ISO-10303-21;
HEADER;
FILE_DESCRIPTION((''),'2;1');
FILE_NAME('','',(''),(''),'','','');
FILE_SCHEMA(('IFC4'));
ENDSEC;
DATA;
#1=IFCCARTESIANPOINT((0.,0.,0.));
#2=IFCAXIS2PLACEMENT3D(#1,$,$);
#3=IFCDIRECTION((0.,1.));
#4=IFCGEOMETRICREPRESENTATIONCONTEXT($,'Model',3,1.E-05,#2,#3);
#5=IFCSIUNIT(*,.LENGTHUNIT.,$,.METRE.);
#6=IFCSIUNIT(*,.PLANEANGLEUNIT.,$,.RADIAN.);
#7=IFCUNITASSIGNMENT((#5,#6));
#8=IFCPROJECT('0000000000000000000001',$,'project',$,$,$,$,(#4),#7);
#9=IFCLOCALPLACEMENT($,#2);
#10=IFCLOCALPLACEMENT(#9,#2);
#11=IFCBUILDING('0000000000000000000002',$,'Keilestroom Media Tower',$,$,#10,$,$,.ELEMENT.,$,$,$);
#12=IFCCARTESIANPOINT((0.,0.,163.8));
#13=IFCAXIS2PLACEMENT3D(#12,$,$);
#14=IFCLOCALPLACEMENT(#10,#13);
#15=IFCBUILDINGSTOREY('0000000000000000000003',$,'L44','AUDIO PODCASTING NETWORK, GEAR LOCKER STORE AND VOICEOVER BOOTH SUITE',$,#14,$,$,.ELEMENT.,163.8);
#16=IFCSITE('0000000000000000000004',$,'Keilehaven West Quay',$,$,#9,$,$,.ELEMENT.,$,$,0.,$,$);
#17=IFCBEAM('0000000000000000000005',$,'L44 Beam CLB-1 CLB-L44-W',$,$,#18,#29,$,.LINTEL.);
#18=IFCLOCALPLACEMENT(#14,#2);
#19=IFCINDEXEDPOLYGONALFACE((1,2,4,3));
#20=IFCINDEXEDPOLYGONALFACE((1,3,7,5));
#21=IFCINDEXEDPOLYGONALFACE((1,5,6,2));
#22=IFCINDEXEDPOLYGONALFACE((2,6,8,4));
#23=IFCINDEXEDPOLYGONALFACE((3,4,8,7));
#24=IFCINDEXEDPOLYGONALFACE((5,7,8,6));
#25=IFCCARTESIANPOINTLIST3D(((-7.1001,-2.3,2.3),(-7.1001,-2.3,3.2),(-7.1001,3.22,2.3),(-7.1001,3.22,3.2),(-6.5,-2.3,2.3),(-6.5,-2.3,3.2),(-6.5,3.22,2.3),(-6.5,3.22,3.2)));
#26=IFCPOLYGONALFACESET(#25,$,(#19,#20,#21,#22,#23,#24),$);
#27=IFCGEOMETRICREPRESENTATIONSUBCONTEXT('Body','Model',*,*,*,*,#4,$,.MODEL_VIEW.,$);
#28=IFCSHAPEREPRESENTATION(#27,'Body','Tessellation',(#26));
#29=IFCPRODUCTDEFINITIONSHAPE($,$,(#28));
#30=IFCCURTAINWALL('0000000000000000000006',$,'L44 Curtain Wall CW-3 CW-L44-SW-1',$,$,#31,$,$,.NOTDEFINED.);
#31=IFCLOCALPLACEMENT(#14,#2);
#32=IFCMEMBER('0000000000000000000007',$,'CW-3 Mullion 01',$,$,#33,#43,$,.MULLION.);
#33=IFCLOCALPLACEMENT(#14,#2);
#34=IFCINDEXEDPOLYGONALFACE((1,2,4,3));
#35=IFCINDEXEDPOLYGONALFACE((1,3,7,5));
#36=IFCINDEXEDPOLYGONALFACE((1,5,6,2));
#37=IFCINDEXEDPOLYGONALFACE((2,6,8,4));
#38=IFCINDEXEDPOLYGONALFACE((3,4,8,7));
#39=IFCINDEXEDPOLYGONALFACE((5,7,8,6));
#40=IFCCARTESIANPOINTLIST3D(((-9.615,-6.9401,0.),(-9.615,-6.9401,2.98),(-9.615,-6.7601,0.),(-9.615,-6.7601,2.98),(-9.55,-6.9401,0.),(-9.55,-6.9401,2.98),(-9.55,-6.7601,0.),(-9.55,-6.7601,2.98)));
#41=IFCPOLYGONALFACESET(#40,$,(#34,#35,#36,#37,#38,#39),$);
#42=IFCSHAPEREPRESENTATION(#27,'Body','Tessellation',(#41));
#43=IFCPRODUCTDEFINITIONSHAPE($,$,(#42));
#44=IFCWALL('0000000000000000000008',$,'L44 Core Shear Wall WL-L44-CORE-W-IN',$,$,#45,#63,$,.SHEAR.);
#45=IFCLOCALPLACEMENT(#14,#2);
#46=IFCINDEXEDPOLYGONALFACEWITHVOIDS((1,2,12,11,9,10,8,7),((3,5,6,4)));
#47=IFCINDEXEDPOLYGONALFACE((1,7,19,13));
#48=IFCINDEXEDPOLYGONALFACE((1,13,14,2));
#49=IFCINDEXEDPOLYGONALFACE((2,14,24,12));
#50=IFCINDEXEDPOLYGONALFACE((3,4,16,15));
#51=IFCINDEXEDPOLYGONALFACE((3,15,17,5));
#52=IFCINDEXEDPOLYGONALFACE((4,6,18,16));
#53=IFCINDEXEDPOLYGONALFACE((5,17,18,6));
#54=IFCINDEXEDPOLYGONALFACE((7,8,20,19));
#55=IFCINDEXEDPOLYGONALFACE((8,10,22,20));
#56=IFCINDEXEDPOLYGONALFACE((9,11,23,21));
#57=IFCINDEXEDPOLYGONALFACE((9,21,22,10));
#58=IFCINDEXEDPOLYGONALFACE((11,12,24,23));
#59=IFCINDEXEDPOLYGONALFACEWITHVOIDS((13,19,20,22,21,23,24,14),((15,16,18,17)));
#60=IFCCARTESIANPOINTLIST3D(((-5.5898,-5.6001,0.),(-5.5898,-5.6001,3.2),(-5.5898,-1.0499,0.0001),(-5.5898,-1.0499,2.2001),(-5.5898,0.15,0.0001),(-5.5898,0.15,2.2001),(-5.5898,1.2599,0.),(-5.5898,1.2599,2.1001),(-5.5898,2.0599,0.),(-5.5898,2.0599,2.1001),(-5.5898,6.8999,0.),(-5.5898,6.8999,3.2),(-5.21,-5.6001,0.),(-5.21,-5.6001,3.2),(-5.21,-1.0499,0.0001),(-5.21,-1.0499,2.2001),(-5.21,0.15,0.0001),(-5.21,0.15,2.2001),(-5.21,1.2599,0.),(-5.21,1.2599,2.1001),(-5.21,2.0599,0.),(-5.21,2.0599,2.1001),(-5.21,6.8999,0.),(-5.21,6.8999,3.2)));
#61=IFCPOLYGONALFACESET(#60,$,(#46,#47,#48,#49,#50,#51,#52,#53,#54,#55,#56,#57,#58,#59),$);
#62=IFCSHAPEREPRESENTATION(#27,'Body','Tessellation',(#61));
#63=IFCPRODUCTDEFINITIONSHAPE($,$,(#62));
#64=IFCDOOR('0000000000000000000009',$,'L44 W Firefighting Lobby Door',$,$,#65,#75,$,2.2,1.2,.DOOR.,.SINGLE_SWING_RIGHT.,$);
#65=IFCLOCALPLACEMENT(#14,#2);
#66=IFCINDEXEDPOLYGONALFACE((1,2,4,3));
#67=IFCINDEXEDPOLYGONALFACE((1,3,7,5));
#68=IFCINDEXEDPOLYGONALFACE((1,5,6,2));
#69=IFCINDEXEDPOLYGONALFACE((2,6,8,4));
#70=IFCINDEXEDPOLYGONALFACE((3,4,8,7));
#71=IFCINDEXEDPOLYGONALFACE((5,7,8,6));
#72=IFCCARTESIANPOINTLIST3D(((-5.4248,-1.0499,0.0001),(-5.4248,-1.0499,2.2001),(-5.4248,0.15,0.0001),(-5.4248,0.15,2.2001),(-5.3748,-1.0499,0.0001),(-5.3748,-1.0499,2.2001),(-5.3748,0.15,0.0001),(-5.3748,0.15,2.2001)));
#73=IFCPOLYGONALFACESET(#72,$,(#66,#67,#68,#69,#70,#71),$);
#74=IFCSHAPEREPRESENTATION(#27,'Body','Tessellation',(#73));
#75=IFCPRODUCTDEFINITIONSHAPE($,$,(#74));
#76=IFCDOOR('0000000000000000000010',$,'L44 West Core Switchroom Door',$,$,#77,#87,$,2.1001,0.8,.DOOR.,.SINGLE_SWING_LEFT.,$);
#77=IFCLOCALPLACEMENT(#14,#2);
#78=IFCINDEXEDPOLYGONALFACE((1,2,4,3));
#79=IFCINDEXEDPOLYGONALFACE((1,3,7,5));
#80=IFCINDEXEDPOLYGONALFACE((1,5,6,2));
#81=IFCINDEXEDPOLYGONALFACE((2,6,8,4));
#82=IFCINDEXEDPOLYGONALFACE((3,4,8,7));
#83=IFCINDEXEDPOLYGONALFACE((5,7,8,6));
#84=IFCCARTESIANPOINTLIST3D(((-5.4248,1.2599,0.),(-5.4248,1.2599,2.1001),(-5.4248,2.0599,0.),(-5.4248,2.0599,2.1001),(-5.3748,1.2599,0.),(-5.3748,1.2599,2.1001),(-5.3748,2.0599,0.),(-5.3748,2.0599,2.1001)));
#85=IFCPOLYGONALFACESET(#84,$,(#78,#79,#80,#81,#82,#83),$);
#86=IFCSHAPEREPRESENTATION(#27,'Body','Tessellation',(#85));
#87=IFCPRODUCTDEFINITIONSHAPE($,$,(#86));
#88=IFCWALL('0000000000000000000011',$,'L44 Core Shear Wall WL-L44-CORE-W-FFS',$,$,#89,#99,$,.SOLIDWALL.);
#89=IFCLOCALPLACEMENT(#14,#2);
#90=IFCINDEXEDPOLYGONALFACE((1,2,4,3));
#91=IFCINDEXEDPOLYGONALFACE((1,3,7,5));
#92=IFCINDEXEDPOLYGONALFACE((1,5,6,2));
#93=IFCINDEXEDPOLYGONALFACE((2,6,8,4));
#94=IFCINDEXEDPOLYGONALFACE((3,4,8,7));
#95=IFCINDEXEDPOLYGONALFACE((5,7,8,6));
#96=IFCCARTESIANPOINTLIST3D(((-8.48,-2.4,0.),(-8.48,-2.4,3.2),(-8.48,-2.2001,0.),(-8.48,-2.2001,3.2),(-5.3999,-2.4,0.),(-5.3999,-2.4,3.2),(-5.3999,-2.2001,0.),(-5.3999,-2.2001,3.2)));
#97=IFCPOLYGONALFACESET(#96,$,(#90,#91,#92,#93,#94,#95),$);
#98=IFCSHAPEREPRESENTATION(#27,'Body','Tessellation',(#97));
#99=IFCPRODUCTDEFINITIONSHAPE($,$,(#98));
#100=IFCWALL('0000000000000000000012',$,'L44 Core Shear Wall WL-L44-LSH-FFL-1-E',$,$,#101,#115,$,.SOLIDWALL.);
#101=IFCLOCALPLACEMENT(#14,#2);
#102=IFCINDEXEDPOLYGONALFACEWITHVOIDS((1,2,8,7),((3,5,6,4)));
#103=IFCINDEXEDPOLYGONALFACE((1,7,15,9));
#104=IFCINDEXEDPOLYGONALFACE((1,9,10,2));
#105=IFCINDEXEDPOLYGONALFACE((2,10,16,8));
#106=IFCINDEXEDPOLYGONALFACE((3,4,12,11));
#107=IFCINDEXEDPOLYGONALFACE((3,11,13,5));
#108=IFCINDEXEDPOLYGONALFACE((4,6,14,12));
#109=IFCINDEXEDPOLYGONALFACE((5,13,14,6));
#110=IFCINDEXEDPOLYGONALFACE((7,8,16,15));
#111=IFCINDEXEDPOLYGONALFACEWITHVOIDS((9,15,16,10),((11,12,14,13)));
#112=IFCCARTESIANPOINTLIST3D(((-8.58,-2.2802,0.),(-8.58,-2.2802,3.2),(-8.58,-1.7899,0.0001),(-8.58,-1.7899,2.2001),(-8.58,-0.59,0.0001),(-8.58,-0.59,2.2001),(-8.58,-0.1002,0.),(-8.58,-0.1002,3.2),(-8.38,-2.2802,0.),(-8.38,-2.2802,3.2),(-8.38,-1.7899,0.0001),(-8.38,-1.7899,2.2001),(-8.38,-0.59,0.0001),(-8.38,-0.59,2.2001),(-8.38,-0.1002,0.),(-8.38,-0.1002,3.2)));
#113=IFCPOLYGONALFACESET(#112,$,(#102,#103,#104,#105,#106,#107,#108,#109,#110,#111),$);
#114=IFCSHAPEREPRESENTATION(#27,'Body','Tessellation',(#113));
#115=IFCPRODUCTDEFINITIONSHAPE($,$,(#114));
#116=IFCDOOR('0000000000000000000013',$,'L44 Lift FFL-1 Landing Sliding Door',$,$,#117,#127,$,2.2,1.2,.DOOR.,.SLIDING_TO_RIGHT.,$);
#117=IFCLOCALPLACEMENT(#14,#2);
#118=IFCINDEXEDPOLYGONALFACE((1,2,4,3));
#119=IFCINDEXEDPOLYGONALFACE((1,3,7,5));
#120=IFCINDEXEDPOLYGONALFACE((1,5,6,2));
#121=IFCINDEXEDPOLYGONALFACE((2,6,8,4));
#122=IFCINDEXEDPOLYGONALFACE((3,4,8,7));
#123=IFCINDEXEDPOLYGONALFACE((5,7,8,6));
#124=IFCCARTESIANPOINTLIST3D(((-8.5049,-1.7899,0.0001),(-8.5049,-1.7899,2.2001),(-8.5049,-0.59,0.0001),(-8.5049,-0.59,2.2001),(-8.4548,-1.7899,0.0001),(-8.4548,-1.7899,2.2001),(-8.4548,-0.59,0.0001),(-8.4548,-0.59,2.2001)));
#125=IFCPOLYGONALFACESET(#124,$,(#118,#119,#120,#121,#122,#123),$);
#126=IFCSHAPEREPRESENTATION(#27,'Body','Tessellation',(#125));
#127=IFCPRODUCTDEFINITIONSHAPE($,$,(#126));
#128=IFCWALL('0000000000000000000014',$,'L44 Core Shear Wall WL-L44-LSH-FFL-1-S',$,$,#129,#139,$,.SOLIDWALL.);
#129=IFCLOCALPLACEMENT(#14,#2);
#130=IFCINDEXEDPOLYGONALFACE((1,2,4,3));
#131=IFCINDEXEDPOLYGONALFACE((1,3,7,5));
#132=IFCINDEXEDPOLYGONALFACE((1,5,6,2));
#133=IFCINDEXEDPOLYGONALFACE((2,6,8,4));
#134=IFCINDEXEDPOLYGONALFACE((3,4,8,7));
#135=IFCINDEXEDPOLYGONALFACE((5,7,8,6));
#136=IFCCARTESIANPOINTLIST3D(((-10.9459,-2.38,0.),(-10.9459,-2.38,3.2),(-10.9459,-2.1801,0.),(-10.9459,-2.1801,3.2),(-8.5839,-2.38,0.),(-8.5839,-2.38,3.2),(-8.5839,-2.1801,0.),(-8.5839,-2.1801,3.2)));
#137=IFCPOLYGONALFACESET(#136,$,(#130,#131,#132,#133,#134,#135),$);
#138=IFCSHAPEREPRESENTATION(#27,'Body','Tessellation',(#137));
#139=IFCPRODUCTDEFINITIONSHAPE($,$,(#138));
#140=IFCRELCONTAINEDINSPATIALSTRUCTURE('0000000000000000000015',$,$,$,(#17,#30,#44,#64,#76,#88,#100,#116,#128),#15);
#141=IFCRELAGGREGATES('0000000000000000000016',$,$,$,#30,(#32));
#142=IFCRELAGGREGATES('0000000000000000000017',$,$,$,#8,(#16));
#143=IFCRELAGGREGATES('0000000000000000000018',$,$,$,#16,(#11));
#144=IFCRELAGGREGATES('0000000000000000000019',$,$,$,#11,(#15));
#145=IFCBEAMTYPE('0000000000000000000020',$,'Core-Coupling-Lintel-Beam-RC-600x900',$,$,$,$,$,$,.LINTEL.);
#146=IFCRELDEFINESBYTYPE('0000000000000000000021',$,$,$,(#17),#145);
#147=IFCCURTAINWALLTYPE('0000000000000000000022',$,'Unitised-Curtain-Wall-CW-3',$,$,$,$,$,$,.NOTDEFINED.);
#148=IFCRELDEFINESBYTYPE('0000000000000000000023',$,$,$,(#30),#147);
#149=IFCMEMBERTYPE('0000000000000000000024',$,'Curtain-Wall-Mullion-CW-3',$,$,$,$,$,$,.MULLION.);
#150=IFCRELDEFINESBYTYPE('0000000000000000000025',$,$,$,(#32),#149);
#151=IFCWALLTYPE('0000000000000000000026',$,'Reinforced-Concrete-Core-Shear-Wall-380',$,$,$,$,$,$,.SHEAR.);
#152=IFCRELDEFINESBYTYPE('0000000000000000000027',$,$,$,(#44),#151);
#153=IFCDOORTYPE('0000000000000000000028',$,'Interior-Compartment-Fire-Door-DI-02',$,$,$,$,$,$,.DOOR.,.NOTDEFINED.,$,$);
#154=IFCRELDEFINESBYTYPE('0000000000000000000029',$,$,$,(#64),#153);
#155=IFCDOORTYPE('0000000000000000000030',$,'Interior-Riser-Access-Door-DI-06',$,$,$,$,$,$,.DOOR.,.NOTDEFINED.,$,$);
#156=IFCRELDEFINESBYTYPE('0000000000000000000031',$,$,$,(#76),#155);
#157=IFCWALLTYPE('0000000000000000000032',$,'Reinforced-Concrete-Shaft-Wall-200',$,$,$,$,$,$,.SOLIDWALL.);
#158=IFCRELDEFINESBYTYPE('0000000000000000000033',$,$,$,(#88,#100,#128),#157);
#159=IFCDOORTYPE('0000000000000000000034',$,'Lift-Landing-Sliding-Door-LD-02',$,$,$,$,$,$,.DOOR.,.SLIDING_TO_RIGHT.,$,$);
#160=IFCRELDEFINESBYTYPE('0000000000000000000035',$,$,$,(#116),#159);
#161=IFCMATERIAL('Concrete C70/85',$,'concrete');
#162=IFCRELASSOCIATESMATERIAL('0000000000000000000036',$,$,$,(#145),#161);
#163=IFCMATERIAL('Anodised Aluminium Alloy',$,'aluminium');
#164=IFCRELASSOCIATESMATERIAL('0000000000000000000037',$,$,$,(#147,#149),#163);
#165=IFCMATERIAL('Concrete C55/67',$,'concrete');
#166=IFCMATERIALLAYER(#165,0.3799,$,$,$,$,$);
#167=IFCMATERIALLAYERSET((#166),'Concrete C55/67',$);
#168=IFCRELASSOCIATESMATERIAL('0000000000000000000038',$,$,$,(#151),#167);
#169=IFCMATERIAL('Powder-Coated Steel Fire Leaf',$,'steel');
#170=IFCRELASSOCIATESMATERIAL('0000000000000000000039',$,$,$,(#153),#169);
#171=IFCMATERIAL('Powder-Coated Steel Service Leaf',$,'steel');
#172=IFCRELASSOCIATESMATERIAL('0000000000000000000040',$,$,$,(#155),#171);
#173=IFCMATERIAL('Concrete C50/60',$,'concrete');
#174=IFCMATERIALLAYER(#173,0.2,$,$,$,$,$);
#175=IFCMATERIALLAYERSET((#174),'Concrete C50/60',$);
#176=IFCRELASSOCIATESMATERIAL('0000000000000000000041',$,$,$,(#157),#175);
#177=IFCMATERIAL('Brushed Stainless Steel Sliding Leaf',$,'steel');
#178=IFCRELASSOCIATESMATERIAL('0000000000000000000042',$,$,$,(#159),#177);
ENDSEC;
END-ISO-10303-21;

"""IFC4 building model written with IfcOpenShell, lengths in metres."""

from ifc_helpers import new_model, si_unit, direction, frame, frame_2d, origin, origin_2d, place, context, subcontext, project, spatial, rectangle, extrude, source, transform, mapped, material, layer, layer_set, material_profile, profile_set, type_object, element, fill, aggregate, save


model = new_model("IFC4")

# Units and contexts
model_context = context("Model", 3, precision=1e-05, world=origin(), true_north=direction((0.0, 1.0)))
body_context = subcontext(model_context, "Body", "Model", "MODEL_VIEW")
ifc_project = project(units=[si_unit("LENGTHUNIT", "METRE"), si_unit("PLANEANGLEUNIT", "RADIAN")], contexts=[model_context])

# Site, building, storey
site_placement = place(None, origin())
site = spatial("IfcSite", under=ifc_project, at=site_placement, Name="Keilehaven West Quay", CompositionType="ELEMENT", RefElevation=0.0)
building_placement = place(site_placement, origin())
building = spatial("IfcBuilding", under=site, at=building_placement, Name="Keilestroom Media Tower", CompositionType="ELEMENT")
storey_placement = place(building_placement, frame((0.0, 0.0, 163.8)))
storey = spatial("IfcBuildingStorey", under=building, at=storey_placement, Name="L44", Description="AUDIO PODCASTING NETWORK, GEAR LOCKER STORE AND VOICEOVER BOOTH SUITE", CompositionType="ELEMENT", Elevation=163.8)

# Beam
ifc_material_1 = material(Name="Concrete C70/85", Category="concrete")
ifc_material_profile_1 = material_profile(ifc_material_1, rectangle(XDim=0.6001, YDim=0.8999, at=origin_2d()), Name="RC 600x900")
ifc_profile_set_1 = profile_set([ifc_material_profile_1], Name="Concrete C70/85")
beam_type = type_object("IfcBeamType", Name="Core-Coupling-Lintel-Beam-RC-600x900", PredefinedType="LINTEL", material=ifc_profile_set_1)
shared_shape_1 = source(origin(), body_context, "Body", "SweptSolid", [
    extrude(rectangle(XDim=0.6001, YDim=0.8999, at=origin_2d()), origin(), (0.0, 0.0, 1.0), 5.52),
])
beam_placement = place(storey_placement, frame((-6.8, -2.3, 2.75), z_axis=(0.0, 1.0, 0.0), x_axis=(-1.0, 0.0, 0.0)))
element("IfcBeam", 1, at=beam_placement, inside=storey, type_object=beam_type, Name="L44 Beam CLB-1 CLB-L44-W", PredefinedType="LINTEL", context=body_context, shape_type="MappedRepresentation", body=[
    mapped(shared_shape_1, transform((0.0, 0.0, 0.0), x_axis=(1.0, 0.0, 0.0), y_axis=(0.0, 1.0, 0.0), z_axis=(0.0, 0.0, 1.0), scale=1.0)),
])

# Curtain wall, member
ifc_material_2 = material(Name="Anodised Aluminium Alloy", Category="aluminium")
curtain_wall_type = type_object("IfcCurtainWallType", Name="Unitised-Curtain-Wall-CW-3", PredefinedType="NOTDEFINED", material=ifc_material_2)
curtain_wall_placement = place(storey_placement, origin())
curtain_wall = element("IfcCurtainWall", 2, at=curtain_wall_placement, inside=storey, type_object=curtain_wall_type, Name="L44 Curtain Wall CW-3 CW-L44-SW-1", PredefinedType="NOTDEFINED")
ifc_material_profile_2 = material_profile(ifc_material_2, rectangle(XDim=0.0649, YDim=0.1799, at=origin_2d()), Name="ALU MULLION 65x180")
ifc_profile_set_2 = profile_set([ifc_material_profile_2], Name="Anodised Aluminium Alloy")
member_type = type_object("IfcMemberType", Name="Curtain-Wall-Mullion-CW-3", PredefinedType="MULLION", material=ifc_profile_set_2)
shared_shape_2 = source(origin(), body_context, "Body", "SweptSolid", [
    extrude(rectangle(XDim=0.0649, YDim=0.1799, at=origin_2d()), origin(), (0.0, 0.0, 1.0), 2.98),
])
member_placement = place(storey_placement, frame((-9.5825, -6.8501, 0.0), z_axis=(0.0, 0.0, 1.0), x_axis=(1.0, 0.0, 0.0)))
member = element("IfcMember", 3, at=member_placement, type_object=member_type, Name="CW-3 Mullion 01", PredefinedType="MULLION", context=body_context, shape_type="MappedRepresentation", body=[
    mapped(shared_shape_2, transform((0.0, 0.0, 0.0), x_axis=(1.0, 0.0, 0.0), y_axis=(0.0, 1.0, 0.0), z_axis=(0.0, 0.0, 1.0), scale=1.0)),
])
aggregate(curtain_wall, [member])

# Wall, openings, doors
ifc_material_3 = material(Name="Concrete C55/67", Category="concrete")
ifc_layer_1 = layer(ifc_material_3, 0.3799)
ifc_layer_set_1 = layer_set([ifc_layer_1], Name="Concrete C55/67")
wall_type_1 = type_object("IfcWallType", Name="Reinforced-Concrete-Core-Shear-Wall-380", PredefinedType="SHEAR", material=ifc_layer_set_1)
wall_1_placement = place(storey_placement, frame((-5.3999, -5.6001, 0.0), z_axis=(0.0, 0.0, 1.0), x_axis=(0.0, 1.0, 0.0)))
wall_1 = element("IfcWall", 4, at=wall_1_placement, inside=storey, type_object=wall_type_1, Name="L44 Core Shear Wall WL-L44-CORE-W-IN", PredefinedType="SHEAR", context=body_context, shape_type="SweptSolid", body=[
    extrude(rectangle(XDim=12.5, YDim=0.3799, at=frame_2d((6.25, 0.0))), origin(), (0.0, 0.0, 1.0), 3.2),
])
opening_1_placement = place(wall_1_placement, frame((4.55, 0.0, 0.0)))
opening_1 = element("IfcOpeningElement", 5, at=opening_1_placement, cuts=wall_1, PredefinedType="OPENING", context=body_context, shape_type="SweptSolid", body=[
    extrude(rectangle(XDim=1.2, YDim=2.2, at=frame_2d((0.6001, 1.1001))), frame((0.0, 0.2, 0.0), z_axis=(0.0, -1.0, 0.0), x_axis=(1.0, 0.0, 0.0)), (0.0, 0.0, 1.0), 0.3999),
])
opening_2_placement = place(wall_1_placement, frame((6.8601, 0.0, 0.0)))
opening_2 = element("IfcOpeningElement", 6, at=opening_2_placement, cuts=wall_1, PredefinedType="OPENING", context=body_context, shape_type="SweptSolid", body=[
    extrude(rectangle(XDim=0.8, YDim=2.1001, at=frame_2d((0.3999, 1.05))), frame((0.0, 0.2, 0.0), z_axis=(0.0, -1.0, 0.0), x_axis=(1.0, 0.0, 0.0)), (0.0, 0.0, 1.0), 0.3999),
])
ifc_material_4 = material(Name="Powder-Coated Steel Fire Leaf", Category="steel")
door_type_1 = type_object("IfcDoorType", Name="Interior-Compartment-Fire-Door-DI-02", OperationType="NOTDEFINED", PredefinedType="DOOR", material=ifc_material_4)
shared_shape_3 = source(origin(), body_context, "Body", "SweptSolid", [
    extrude(rectangle(XDim=1.2, YDim=2.2, at=frame_2d((0.6001, 1.1001))), frame((0.0, 0.0249, 0.0), z_axis=(0.0, -1.0, 0.0), x_axis=(1.0, 0.0, 0.0)), (0.0, 0.0, 1.0), 0.05),
])
door_1_placement = place(opening_1_placement, origin())
door_1 = element("IfcDoor", 7, at=door_1_placement, inside=storey, type_object=door_type_1, Name="L44 W Firefighting Lobby Door", OperationType="SINGLE_SWING_RIGHT", OverallHeight=2.2, OverallWidth=1.2, PredefinedType="DOOR", context=body_context, shape_type="MappedRepresentation", body=[
    mapped(shared_shape_3, transform((0.0, 0.0, 0.0), x_axis=(1.0, 0.0, 0.0), y_axis=(0.0, 1.0, 0.0), z_axis=(0.0, 0.0, 1.0), scale=1.0)),
])
fill(opening_1, door_1)
ifc_material_5 = material(Name="Powder-Coated Steel Service Leaf", Category="steel")
door_type_2 = type_object("IfcDoorType", Name="Interior-Riser-Access-Door-DI-06", OperationType="NOTDEFINED", PredefinedType="DOOR", material=ifc_material_5)
shared_shape_4 = source(origin(), body_context, "Body", "SweptSolid", [
    extrude(rectangle(XDim=0.8, YDim=2.1001, at=frame_2d((0.3999, 1.05))), frame((0.0, 0.0249, 0.0), z_axis=(0.0, -1.0, 0.0), x_axis=(1.0, 0.0, 0.0)), (0.0, 0.0, 1.0), 0.05),
])
door_2_placement = place(opening_2_placement, origin())
door_2 = element("IfcDoor", 8, at=door_2_placement, inside=storey, type_object=door_type_2, Name="L44 West Core Switchroom Door", OperationType="SINGLE_SWING_LEFT", OverallHeight=2.1001, OverallWidth=0.8, PredefinedType="DOOR", context=body_context, shape_type="MappedRepresentation", body=[
    mapped(shared_shape_4, transform((0.0, 0.0, 0.0), x_axis=(1.0, 0.0, 0.0), y_axis=(0.0, 1.0, 0.0), z_axis=(0.0, 0.0, 1.0), scale=1.0)),
])
fill(opening_2, door_2)

# Wall
ifc_material_6 = material(Name="Concrete C50/60", Category="concrete")
ifc_layer_2 = layer(ifc_material_6, 0.2)
ifc_layer_set_2 = layer_set([ifc_layer_2], Name="Concrete C50/60")
wall_type_2 = type_object("IfcWallType", Name="Reinforced-Concrete-Shaft-Wall-200", PredefinedType="SOLIDWALL", material=ifc_layer_set_2)
wall_2_placement = place(storey_placement, frame((-8.48, -2.3, 0.0), z_axis=(0.0, 0.0, 1.0), x_axis=(1.0, 0.0, 0.0)))
element("IfcWall", 9, at=wall_2_placement, inside=storey, type_object=wall_type_2, Name="L44 Core Shear Wall WL-L44-CORE-W-FFS", PredefinedType="SOLIDWALL", context=body_context, shape_type="SweptSolid", body=[
    extrude(rectangle(XDim=3.0801, YDim=0.2, at=frame_2d((1.54, 0.0))), origin(), (0.0, 0.0, 1.0), 3.2),
])

# Wall, opening, door
wall_3_placement = place(storey_placement, frame((-8.48, -2.28, 0.0), z_axis=(0.0, 0.0, 1.0), x_axis=(0.0, 1.0, 0.0)))
wall_3 = element("IfcWall", 10, at=wall_3_placement, inside=storey, type_object=wall_type_2, Name="L44 Core Shear Wall WL-L44-LSH-FFL-1-E", PredefinedType="SOLIDWALL", context=body_context, shape_type="SweptSolid", body=[
    extrude(rectangle(XDim=2.1799, YDim=0.2, at=frame_2d((1.0898, 0.0))), origin(), (0.0, 0.0, 1.0), 3.2),
])
opening_3_placement = place(wall_3_placement, frame((0.49, 0.0, 0.0)))
opening_3 = element("IfcOpeningElement", 11, at=opening_3_placement, cuts=wall_3, PredefinedType="OPENING", context=body_context, shape_type="SweptSolid", body=[
    extrude(rectangle(XDim=1.2, YDim=2.2, at=frame_2d((0.6001, 1.1001))), frame((0.0, 0.1099, 0.0), z_axis=(0.0, -1.0, 0.0), x_axis=(1.0, 0.0, 0.0)), (0.0, 0.0, 1.0), 0.22),
])
ifc_material_7 = material(Name="Brushed Stainless Steel Sliding Leaf", Category="steel")
door_type_3 = type_object("IfcDoorType", Name="Lift-Landing-Sliding-Door-LD-02", OperationType="SLIDING_TO_RIGHT", PredefinedType="DOOR", material=ifc_material_7)
door_3_placement = place(opening_3_placement, origin())
door_3 = element("IfcDoor", 12, at=door_3_placement, inside=storey, type_object=door_type_3, Name="L44 Lift FFL-1 Landing Sliding Door", OperationType="SLIDING_TO_RIGHT", OverallHeight=2.2, OverallWidth=1.2, PredefinedType="DOOR", context=body_context, shape_type="MappedRepresentation", body=[
    mapped(shared_shape_3, transform((0.0, 0.0, 0.0), x_axis=(1.0, 0.0, 0.0), y_axis=(0.0, 1.0, 0.0), z_axis=(0.0, 0.0, 1.0), scale=1.0)),
])
fill(opening_3, door_3)

# Wall
wall_4_placement = place(storey_placement, frame((-10.946, -2.28, 0.0), z_axis=(0.0, 0.0, 1.0), x_axis=(1.0, 0.0, 0.0)))
element("IfcWall", 13, at=wall_4_placement, inside=storey, type_object=wall_type_2, Name="L44 Core Shear Wall WL-L44-LSH-FFL-1-S", PredefinedType="SOLIDWALL", context=body_context, shape_type="SweptSolid", body=[
    extrude(rectangle(XDim=2.3621, YDim=0.2, at=frame_2d((1.1812, 0.0))), origin(), (0.0, 0.0, 1.0), 3.2),
])

save(model, "model.ifc")
